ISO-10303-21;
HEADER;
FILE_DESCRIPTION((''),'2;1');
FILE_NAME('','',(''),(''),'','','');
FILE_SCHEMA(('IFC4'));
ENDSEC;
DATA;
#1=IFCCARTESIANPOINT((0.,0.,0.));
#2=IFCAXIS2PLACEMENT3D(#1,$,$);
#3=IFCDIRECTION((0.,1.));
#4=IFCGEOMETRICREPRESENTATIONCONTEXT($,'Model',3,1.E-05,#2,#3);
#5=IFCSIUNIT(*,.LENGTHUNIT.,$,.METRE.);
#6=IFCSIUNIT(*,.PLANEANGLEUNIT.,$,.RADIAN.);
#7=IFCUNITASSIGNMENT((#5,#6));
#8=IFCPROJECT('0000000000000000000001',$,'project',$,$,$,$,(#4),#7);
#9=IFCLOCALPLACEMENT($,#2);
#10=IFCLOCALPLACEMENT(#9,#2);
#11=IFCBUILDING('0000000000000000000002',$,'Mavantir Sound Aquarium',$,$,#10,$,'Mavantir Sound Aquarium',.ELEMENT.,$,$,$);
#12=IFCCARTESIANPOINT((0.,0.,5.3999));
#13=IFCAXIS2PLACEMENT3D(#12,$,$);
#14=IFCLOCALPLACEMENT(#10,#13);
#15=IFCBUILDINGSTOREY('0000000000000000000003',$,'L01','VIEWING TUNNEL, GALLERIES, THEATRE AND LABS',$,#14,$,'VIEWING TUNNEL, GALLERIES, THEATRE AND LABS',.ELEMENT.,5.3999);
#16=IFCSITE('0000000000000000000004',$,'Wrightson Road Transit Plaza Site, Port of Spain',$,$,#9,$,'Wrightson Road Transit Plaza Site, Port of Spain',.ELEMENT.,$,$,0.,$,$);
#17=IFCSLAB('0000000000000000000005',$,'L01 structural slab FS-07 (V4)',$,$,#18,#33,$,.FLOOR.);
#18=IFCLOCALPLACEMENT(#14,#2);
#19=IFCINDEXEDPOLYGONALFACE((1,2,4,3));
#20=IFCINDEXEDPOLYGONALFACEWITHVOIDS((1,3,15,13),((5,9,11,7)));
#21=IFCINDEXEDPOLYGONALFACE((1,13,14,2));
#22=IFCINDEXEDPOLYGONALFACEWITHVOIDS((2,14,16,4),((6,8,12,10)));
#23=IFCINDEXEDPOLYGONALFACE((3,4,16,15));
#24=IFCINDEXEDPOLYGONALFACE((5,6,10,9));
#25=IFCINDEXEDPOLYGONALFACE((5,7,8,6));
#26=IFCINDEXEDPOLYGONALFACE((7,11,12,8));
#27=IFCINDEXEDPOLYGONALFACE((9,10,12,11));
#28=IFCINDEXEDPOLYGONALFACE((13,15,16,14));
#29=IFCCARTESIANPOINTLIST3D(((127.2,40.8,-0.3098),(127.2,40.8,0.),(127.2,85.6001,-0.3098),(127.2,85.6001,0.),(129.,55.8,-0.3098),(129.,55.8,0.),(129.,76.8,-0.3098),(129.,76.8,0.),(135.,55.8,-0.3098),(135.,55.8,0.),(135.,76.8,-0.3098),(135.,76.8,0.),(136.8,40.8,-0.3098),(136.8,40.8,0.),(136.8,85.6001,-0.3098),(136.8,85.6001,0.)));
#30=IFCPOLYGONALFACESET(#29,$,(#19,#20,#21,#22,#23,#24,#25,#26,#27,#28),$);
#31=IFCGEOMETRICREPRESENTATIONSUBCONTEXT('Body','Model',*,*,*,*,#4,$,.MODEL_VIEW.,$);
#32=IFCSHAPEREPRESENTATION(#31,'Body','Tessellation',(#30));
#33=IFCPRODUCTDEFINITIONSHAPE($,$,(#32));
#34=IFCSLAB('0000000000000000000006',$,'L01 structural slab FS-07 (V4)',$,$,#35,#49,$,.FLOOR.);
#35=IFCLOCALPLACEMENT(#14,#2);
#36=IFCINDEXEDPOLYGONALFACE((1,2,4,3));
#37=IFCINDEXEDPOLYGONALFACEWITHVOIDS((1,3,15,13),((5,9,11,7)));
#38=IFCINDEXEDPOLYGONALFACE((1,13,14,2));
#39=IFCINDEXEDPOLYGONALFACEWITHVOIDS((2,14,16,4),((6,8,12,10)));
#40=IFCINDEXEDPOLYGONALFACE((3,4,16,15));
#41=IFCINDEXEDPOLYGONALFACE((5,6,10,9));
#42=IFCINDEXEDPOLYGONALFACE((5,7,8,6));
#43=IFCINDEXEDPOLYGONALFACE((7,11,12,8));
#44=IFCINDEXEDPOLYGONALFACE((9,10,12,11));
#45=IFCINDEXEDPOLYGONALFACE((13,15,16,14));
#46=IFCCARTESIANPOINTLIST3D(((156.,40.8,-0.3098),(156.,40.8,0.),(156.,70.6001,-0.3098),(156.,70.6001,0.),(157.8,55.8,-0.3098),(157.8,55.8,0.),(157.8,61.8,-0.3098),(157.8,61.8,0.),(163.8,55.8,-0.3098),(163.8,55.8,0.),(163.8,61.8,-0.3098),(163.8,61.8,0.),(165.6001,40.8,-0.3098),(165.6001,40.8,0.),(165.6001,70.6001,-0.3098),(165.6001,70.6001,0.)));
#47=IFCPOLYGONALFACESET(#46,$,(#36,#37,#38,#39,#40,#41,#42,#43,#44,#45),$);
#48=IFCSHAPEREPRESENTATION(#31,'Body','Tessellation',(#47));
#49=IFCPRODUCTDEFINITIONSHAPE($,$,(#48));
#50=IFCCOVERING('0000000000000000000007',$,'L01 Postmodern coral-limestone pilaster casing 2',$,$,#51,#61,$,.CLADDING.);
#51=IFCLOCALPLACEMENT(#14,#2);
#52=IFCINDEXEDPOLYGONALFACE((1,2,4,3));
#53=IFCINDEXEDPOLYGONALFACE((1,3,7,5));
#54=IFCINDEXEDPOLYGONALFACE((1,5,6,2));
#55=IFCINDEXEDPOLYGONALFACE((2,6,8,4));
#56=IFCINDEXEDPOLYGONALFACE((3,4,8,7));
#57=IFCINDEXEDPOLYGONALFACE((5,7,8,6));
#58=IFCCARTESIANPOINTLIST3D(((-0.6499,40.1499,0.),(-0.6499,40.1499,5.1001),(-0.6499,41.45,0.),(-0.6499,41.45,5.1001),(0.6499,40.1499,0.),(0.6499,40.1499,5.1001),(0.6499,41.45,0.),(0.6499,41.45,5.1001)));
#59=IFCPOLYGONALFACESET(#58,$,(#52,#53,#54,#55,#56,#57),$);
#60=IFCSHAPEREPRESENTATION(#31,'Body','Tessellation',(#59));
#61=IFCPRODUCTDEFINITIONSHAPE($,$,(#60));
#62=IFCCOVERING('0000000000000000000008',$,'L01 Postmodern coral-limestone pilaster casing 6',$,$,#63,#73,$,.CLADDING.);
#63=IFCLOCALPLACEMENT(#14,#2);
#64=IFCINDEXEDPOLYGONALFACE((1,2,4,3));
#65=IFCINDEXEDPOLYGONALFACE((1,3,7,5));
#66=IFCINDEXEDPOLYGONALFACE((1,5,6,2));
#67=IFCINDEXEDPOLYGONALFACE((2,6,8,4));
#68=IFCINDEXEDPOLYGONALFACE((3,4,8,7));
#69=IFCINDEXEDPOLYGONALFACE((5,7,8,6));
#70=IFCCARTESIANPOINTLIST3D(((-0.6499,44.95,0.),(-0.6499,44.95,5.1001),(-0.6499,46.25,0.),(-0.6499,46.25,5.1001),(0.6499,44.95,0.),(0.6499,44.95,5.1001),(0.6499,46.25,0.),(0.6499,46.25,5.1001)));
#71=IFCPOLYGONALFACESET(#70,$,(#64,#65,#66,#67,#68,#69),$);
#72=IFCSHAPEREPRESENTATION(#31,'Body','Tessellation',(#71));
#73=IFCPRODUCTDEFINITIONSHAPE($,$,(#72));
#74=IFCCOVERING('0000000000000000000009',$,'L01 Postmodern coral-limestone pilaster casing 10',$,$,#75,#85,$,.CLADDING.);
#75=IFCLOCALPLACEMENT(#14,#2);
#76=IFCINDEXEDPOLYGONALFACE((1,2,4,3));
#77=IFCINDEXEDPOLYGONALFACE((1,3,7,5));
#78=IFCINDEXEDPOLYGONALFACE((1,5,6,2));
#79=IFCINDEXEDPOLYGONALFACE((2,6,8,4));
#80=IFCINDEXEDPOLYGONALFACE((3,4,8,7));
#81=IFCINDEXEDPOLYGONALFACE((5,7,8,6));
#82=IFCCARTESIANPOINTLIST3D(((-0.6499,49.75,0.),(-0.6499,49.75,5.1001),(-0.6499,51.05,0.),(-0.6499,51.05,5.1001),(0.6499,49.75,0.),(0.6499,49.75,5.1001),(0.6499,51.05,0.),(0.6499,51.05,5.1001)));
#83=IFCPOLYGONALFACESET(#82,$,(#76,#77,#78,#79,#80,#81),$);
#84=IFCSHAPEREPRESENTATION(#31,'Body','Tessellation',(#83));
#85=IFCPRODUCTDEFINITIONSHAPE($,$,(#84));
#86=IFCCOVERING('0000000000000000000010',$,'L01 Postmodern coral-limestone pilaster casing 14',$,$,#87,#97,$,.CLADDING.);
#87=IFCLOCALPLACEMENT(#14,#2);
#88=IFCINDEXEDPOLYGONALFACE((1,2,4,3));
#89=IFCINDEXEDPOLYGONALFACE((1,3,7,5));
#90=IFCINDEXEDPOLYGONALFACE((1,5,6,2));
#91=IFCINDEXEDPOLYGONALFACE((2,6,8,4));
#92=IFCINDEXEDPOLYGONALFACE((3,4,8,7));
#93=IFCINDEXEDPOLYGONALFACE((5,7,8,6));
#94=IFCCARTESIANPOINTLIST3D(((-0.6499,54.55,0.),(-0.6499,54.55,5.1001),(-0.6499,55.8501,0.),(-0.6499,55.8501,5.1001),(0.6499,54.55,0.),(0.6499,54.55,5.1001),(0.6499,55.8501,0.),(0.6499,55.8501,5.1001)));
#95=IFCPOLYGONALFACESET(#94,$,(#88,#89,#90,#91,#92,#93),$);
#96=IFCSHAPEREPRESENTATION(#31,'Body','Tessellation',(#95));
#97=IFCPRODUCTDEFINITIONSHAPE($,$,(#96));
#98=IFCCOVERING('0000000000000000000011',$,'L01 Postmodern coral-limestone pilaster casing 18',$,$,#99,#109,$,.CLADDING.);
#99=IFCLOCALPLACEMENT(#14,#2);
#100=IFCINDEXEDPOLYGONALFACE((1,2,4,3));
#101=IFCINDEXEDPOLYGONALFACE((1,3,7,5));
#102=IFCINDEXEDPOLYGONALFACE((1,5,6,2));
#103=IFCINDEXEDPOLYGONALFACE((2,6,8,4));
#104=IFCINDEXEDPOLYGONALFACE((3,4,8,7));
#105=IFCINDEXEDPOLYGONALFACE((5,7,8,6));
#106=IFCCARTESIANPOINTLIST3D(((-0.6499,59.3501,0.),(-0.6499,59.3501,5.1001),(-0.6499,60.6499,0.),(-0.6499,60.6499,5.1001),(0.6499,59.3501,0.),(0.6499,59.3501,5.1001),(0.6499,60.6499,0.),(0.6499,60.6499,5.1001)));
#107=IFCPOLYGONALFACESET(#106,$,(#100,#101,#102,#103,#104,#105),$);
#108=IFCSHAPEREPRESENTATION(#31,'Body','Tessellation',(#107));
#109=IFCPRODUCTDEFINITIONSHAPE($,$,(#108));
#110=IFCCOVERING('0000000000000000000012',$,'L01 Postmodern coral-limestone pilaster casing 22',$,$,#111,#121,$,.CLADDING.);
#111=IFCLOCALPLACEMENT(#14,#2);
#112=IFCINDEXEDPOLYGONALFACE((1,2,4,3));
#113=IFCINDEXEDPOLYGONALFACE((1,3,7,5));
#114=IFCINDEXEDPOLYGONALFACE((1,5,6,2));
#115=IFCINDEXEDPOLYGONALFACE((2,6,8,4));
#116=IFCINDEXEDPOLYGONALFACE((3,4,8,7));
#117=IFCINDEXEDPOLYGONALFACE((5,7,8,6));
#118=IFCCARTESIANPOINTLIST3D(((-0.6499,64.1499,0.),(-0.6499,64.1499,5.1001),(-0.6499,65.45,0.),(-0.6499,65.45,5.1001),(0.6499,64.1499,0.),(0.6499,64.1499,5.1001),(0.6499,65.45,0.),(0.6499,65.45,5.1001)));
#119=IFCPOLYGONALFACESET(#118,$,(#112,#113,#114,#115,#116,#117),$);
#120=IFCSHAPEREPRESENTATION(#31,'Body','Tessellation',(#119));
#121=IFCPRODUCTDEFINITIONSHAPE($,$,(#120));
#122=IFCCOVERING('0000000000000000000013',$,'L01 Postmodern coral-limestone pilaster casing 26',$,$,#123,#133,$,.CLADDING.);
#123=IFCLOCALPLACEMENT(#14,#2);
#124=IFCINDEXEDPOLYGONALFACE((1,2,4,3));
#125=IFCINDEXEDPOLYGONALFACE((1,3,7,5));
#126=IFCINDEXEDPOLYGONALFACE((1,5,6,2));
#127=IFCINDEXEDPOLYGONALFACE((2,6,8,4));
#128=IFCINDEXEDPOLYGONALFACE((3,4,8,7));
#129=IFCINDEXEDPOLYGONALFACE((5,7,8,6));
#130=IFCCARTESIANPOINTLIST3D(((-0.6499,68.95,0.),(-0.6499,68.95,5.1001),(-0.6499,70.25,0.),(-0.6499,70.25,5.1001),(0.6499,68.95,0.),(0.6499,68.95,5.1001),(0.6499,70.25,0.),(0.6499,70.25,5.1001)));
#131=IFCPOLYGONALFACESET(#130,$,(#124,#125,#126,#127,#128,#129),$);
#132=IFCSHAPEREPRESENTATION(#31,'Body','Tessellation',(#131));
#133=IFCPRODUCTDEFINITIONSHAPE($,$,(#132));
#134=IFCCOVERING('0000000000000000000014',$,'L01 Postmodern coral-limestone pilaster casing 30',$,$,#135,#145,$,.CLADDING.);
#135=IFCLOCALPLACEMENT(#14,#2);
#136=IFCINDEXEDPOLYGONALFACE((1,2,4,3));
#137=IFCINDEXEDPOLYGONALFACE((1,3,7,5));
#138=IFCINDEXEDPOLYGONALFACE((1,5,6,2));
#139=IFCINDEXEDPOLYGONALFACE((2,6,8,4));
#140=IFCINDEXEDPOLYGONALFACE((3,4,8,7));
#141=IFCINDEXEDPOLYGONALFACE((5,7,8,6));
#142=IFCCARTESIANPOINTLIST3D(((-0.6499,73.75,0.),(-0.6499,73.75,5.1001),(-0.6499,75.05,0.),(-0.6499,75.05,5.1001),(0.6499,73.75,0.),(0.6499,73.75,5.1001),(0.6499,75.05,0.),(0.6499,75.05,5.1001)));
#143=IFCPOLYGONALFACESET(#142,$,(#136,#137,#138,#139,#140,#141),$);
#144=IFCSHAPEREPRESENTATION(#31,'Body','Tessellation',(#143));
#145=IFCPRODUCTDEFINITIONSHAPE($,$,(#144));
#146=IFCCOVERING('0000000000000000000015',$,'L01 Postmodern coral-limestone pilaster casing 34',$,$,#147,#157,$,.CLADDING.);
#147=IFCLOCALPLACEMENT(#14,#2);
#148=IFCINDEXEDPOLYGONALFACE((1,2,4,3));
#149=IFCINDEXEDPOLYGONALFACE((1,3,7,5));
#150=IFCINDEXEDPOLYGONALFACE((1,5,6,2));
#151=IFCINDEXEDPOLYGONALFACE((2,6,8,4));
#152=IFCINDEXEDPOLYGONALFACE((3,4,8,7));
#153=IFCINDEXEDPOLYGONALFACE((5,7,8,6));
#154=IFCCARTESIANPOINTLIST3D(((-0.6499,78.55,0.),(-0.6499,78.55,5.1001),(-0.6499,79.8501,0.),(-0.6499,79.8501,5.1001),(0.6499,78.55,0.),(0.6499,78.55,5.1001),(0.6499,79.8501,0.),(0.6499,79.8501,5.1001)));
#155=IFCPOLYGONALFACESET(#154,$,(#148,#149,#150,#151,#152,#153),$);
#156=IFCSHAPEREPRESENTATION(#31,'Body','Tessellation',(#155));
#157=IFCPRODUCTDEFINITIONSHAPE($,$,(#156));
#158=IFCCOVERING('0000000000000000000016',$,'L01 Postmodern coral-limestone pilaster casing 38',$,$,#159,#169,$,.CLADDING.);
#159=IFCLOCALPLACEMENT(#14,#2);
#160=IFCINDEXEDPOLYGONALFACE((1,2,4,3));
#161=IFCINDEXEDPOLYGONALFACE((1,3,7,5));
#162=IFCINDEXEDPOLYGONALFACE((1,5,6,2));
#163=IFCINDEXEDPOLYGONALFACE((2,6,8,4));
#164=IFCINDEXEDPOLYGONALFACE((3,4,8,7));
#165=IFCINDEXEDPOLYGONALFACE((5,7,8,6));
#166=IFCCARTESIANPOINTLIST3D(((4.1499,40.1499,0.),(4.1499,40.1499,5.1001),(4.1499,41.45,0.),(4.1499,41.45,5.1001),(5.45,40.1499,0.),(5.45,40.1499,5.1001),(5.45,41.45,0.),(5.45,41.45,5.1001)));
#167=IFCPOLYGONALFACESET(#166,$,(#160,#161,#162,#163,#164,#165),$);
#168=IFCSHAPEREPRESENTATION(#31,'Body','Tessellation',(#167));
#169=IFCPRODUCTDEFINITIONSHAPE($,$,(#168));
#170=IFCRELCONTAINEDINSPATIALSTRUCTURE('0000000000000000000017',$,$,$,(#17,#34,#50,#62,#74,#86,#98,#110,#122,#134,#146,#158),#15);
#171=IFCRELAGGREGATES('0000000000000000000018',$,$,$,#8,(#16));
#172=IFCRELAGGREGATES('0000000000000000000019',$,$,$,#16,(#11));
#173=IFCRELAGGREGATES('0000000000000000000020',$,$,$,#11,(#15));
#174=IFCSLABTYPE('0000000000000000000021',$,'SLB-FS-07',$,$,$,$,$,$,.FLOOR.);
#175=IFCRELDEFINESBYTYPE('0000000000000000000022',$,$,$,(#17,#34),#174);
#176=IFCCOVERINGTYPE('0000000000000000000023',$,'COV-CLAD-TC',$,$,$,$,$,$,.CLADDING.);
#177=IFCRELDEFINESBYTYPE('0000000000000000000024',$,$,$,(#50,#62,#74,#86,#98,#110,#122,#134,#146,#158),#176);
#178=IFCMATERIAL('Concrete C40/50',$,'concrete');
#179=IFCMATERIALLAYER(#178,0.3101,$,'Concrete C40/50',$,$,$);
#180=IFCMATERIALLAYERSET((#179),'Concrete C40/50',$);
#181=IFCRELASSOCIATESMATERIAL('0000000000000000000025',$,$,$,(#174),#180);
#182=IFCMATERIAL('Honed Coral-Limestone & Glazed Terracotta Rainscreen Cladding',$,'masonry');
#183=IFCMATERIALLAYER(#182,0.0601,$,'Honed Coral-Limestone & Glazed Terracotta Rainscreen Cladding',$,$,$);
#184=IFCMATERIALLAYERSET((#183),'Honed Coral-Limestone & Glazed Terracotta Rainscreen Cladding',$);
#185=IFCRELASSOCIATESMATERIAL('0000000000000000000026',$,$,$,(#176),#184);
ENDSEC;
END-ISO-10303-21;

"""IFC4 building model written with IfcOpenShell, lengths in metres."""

from ifc_helpers import new_model, si_unit, direction, frame, origin, place, context, subcontext, project, spatial, polyline, outline, extrude, material, layer, layer_set, type_object, element, save


model = new_model("IFC4")

# Units and contexts
model_context = context("Model", 3, precision=1e-05, world=origin(), true_north=direction((0.0, 1.0)))
body_context = subcontext(model_context, "Body", "Model", "MODEL_VIEW")
ifc_project = project(units=[si_unit("LENGTHUNIT", "METRE"), si_unit("PLANEANGLEUNIT", "RADIAN")], contexts=[model_context])

# Site, building, storey
site_placement = place(None, origin())
site = spatial("IfcSite", under=ifc_project, at=site_placement, Name="Wrightson Road Transit Plaza Site, Port of Spain", LongName="Wrightson Road Transit Plaza Site, Port of Spain", CompositionType="ELEMENT", RefElevation=0.0)
building_placement = place(site_placement, origin())
building = spatial("IfcBuilding", under=site, at=building_placement, Name="Mavantir Sound Aquarium", LongName="Mavantir Sound Aquarium", CompositionType="ELEMENT")
storey_placement = place(building_placement, frame((0.0, 0.0, 5.3999)))
storey = spatial("IfcBuildingStorey", under=building, at=storey_placement, Name="L01", Description="VIEWING TUNNEL, GALLERIES, THEATRE AND LABS", LongName="VIEWING TUNNEL, GALLERIES, THEATRE AND LABS", CompositionType="ELEMENT", Elevation=5.3999)

# Shared definitions
ifc_material_1 = material(Name="Concrete C40/50", Category="concrete")

# Slabs
ifc_layer_1 = layer(ifc_material_1, 0.3101, Name="Concrete C40/50")
ifc_layer_set_1 = layer_set([ifc_layer_1], Name="Concrete C40/50")
slab_type_1 = type_object("IfcSlabType", Name="SLB-FS-07", PredefinedType="FLOOR", material=ifc_layer_set_1)
slab_1_placement = place(storey_placement, frame((0.0, 0.0, -0.3098)))
element("IfcSlab", 1, at=slab_1_placement, inside=storey, type_object=slab_type_1, Name="L01 structural slab FS-07 (V4)", PredefinedType="FLOOR", context=body_context, shape_type="SweptSolid", body=[
    extrude(outline(polyline([(136.8, 40.8), (136.8, 85.6001), (127.2, 85.6001), (127.2, 40.8), (136.8, 40.8)]), holes=[polyline([(129.0, 55.8), (135.0, 55.8), (135.0, 76.8), (129.0, 76.8), (129.0, 55.8)])]), origin(), (0.0, 0.0, 1.0), 0.3098),
])
slab_2_placement = place(storey_placement, frame((0.0, 0.0, -0.3098)))
element("IfcSlab", 2, at=slab_2_placement, inside=storey, type_object=slab_type_1, Name="L01 structural slab FS-07 (V4)", PredefinedType="FLOOR", context=body_context, shape_type="SweptSolid", body=[
    extrude(outline(polyline([(165.6001, 40.8), (165.6001, 70.6001), (156.0, 70.6001), (156.0, 40.8), (165.6001, 40.8)]), holes=[polyline([(157.8, 55.8), (163.8, 55.8), (163.8, 61.8), (157.8, 61.8), (157.8, 55.8)])]), origin(), (0.0, 0.0, 1.0), 0.3098),
])

# Coverings
ifc_material_2 = material(Name="Honed Coral-Limestone & Glazed Terracotta Rainscreen Cladding", Category="masonry")
ifc_layer_2 = layer(ifc_material_2, 0.0601, Name="Honed Coral-Limestone & Glazed Terracotta Rainscreen Cladding")
ifc_layer_set_2 = layer_set([ifc_layer_2], Name="Honed Coral-Limestone & Glazed Terracotta Rainscreen Cladding")
covering_type = type_object("IfcCoveringType", Name="COV-CLAD-TC", PredefinedType="CLADDING", material=ifc_layer_set_2)
covering_1_placement = place(storey_placement, origin())
element("IfcCovering", 3, at=covering_1_placement, inside=storey, type_object=covering_type, Name="L01 Postmodern coral-limestone pilaster casing 2", PredefinedType="CLADDING", context=body_context, shape_type="SweptSolid", body=[
    extrude(outline(polyline([(-0.6499, 40.1499), (0.6499, 40.1499), (0.6499, 41.45), (-0.6499, 41.45), (-0.6499, 40.1499)])), origin(), (0.0, 0.0, 1.0), 5.1001),
])
covering_2_placement = place(storey_placement, origin())
element("IfcCovering", 4, at=covering_2_placement, inside=storey, type_object=covering_type, Name="L01 Postmodern coral-limestone pilaster casing 6", PredefinedType="CLADDING", context=body_context, shape_type="SweptSolid", body=[
    extrude(outline(polyline([(-0.6499, 44.95), (0.6499, 44.95), (0.6499, 46.25), (-0.6499, 46.25), (-0.6499, 44.95)])), origin(), (0.0, 0.0, 1.0), 5.1001),
])
covering_3_placement = place(storey_placement, origin())
element("IfcCovering", 5, at=covering_3_placement, inside=storey, type_object=covering_type, Name="L01 Postmodern coral-limestone pilaster casing 10", PredefinedType="CLADDING", context=body_context, shape_type="SweptSolid", body=[
    extrude(outline(polyline([(-0.6499, 49.75), (0.6499, 49.75), (0.6499, 51.05), (-0.6499, 51.05), (-0.6499, 49.75)])), origin(), (0.0, 0.0, 1.0), 5.1001),
])
covering_4_placement = place(storey_placement, origin())
element("IfcCovering", 6, at=covering_4_placement, inside=storey, type_object=covering_type, Name="L01 Postmodern coral-limestone pilaster casing 14", PredefinedType="CLADDING", context=body_context, shape_type="SweptSolid", body=[
    extrude(outline(polyline([(-0.6499, 54.55), (0.6499, 54.55), (0.6499, 55.8501), (-0.6499, 55.8501), (-0.6499, 54.55)])), origin(), (0.0, 0.0, 1.0), 5.1001),
])
covering_5_placement = place(storey_placement, origin())
element("IfcCovering", 7, at=covering_5_placement, inside=storey, type_object=covering_type, Name="L01 Postmodern coral-limestone pilaster casing 18", PredefinedType="CLADDING", context=body_context, shape_type="SweptSolid", body=[
    extrude(outline(polyline([(-0.6499, 59.3501), (0.6499, 59.3501), (0.6499, 60.6499), (-0.6499, 60.6499), (-0.6499, 59.3501)])), origin(), (0.0, 0.0, 1.0), 5.1001),
])
covering_6_placement = place(storey_placement, origin())
element("IfcCovering", 8, at=covering_6_placement, inside=storey, type_object=covering_type, Name="L01 Postmodern coral-limestone pilaster casing 22", PredefinedType="CLADDING", context=body_context, shape_type="SweptSolid", body=[
    extrude(outline(polyline([(-0.6499, 64.1499), (0.6499, 64.1499), (0.6499, 65.45), (-0.6499, 65.45), (-0.6499, 64.1499)])), origin(), (0.0, 0.0, 1.0), 5.1001),
])
covering_7_placement = place(storey_placement, origin())
element("IfcCovering", 9, at=covering_7_placement, inside=storey, type_object=covering_type, Name="L01 Postmodern coral-limestone pilaster casing 26", PredefinedType="CLADDING", context=body_context, shape_type="SweptSolid", body=[
    extrude(outline(polyline([(-0.6499, 68.95), (0.6499, 68.95), (0.6499, 70.25), (-0.6499, 70.25), (-0.6499, 68.95)])), origin(), (0.0, 0.0, 1.0), 5.1001),
])
covering_8_placement = place(storey_placement, origin())
element("IfcCovering", 10, at=covering_8_placement, inside=storey, type_object=covering_type, Name="L01 Postmodern coral-limestone pilaster casing 30", PredefinedType="CLADDING", context=body_context, shape_type="SweptSolid", body=[
    extrude(outline(polyline([(-0.6499, 73.75), (0.6499, 73.75), (0.6499, 75.05), (-0.6499, 75.05), (-0.6499, 73.75)])), origin(), (0.0, 0.0, 1.0), 5.1001),
])
covering_9_placement = place(storey_placement, origin())
element("IfcCovering", 11, at=covering_9_placement, inside=storey, type_object=covering_type, Name="L01 Postmodern coral-limestone pilaster casing 34", PredefinedType="CLADDING", context=body_context, shape_type="SweptSolid", body=[
    extrude(outline(polyline([(-0.6499, 78.55), (0.6499, 78.55), (0.6499, 79.8501), (-0.6499, 79.8501), (-0.6499, 78.55)])), origin(), (0.0, 0.0, 1.0), 5.1001),
])
covering_10_placement = place(storey_placement, origin())
element("IfcCovering", 12, at=covering_10_placement, inside=storey, type_object=covering_type, Name="L01 Postmodern coral-limestone pilaster casing 38", PredefinedType="CLADDING", context=body_context, shape_type="SweptSolid", body=[
    extrude(outline(polyline([(4.1499, 40.1499), (5.45, 40.1499), (5.45, 41.45), (4.1499, 41.45), (4.1499, 40.1499)])), origin(), (0.0, 0.0, 1.0), 5.1001),
])

save(model, "model.ifc")
